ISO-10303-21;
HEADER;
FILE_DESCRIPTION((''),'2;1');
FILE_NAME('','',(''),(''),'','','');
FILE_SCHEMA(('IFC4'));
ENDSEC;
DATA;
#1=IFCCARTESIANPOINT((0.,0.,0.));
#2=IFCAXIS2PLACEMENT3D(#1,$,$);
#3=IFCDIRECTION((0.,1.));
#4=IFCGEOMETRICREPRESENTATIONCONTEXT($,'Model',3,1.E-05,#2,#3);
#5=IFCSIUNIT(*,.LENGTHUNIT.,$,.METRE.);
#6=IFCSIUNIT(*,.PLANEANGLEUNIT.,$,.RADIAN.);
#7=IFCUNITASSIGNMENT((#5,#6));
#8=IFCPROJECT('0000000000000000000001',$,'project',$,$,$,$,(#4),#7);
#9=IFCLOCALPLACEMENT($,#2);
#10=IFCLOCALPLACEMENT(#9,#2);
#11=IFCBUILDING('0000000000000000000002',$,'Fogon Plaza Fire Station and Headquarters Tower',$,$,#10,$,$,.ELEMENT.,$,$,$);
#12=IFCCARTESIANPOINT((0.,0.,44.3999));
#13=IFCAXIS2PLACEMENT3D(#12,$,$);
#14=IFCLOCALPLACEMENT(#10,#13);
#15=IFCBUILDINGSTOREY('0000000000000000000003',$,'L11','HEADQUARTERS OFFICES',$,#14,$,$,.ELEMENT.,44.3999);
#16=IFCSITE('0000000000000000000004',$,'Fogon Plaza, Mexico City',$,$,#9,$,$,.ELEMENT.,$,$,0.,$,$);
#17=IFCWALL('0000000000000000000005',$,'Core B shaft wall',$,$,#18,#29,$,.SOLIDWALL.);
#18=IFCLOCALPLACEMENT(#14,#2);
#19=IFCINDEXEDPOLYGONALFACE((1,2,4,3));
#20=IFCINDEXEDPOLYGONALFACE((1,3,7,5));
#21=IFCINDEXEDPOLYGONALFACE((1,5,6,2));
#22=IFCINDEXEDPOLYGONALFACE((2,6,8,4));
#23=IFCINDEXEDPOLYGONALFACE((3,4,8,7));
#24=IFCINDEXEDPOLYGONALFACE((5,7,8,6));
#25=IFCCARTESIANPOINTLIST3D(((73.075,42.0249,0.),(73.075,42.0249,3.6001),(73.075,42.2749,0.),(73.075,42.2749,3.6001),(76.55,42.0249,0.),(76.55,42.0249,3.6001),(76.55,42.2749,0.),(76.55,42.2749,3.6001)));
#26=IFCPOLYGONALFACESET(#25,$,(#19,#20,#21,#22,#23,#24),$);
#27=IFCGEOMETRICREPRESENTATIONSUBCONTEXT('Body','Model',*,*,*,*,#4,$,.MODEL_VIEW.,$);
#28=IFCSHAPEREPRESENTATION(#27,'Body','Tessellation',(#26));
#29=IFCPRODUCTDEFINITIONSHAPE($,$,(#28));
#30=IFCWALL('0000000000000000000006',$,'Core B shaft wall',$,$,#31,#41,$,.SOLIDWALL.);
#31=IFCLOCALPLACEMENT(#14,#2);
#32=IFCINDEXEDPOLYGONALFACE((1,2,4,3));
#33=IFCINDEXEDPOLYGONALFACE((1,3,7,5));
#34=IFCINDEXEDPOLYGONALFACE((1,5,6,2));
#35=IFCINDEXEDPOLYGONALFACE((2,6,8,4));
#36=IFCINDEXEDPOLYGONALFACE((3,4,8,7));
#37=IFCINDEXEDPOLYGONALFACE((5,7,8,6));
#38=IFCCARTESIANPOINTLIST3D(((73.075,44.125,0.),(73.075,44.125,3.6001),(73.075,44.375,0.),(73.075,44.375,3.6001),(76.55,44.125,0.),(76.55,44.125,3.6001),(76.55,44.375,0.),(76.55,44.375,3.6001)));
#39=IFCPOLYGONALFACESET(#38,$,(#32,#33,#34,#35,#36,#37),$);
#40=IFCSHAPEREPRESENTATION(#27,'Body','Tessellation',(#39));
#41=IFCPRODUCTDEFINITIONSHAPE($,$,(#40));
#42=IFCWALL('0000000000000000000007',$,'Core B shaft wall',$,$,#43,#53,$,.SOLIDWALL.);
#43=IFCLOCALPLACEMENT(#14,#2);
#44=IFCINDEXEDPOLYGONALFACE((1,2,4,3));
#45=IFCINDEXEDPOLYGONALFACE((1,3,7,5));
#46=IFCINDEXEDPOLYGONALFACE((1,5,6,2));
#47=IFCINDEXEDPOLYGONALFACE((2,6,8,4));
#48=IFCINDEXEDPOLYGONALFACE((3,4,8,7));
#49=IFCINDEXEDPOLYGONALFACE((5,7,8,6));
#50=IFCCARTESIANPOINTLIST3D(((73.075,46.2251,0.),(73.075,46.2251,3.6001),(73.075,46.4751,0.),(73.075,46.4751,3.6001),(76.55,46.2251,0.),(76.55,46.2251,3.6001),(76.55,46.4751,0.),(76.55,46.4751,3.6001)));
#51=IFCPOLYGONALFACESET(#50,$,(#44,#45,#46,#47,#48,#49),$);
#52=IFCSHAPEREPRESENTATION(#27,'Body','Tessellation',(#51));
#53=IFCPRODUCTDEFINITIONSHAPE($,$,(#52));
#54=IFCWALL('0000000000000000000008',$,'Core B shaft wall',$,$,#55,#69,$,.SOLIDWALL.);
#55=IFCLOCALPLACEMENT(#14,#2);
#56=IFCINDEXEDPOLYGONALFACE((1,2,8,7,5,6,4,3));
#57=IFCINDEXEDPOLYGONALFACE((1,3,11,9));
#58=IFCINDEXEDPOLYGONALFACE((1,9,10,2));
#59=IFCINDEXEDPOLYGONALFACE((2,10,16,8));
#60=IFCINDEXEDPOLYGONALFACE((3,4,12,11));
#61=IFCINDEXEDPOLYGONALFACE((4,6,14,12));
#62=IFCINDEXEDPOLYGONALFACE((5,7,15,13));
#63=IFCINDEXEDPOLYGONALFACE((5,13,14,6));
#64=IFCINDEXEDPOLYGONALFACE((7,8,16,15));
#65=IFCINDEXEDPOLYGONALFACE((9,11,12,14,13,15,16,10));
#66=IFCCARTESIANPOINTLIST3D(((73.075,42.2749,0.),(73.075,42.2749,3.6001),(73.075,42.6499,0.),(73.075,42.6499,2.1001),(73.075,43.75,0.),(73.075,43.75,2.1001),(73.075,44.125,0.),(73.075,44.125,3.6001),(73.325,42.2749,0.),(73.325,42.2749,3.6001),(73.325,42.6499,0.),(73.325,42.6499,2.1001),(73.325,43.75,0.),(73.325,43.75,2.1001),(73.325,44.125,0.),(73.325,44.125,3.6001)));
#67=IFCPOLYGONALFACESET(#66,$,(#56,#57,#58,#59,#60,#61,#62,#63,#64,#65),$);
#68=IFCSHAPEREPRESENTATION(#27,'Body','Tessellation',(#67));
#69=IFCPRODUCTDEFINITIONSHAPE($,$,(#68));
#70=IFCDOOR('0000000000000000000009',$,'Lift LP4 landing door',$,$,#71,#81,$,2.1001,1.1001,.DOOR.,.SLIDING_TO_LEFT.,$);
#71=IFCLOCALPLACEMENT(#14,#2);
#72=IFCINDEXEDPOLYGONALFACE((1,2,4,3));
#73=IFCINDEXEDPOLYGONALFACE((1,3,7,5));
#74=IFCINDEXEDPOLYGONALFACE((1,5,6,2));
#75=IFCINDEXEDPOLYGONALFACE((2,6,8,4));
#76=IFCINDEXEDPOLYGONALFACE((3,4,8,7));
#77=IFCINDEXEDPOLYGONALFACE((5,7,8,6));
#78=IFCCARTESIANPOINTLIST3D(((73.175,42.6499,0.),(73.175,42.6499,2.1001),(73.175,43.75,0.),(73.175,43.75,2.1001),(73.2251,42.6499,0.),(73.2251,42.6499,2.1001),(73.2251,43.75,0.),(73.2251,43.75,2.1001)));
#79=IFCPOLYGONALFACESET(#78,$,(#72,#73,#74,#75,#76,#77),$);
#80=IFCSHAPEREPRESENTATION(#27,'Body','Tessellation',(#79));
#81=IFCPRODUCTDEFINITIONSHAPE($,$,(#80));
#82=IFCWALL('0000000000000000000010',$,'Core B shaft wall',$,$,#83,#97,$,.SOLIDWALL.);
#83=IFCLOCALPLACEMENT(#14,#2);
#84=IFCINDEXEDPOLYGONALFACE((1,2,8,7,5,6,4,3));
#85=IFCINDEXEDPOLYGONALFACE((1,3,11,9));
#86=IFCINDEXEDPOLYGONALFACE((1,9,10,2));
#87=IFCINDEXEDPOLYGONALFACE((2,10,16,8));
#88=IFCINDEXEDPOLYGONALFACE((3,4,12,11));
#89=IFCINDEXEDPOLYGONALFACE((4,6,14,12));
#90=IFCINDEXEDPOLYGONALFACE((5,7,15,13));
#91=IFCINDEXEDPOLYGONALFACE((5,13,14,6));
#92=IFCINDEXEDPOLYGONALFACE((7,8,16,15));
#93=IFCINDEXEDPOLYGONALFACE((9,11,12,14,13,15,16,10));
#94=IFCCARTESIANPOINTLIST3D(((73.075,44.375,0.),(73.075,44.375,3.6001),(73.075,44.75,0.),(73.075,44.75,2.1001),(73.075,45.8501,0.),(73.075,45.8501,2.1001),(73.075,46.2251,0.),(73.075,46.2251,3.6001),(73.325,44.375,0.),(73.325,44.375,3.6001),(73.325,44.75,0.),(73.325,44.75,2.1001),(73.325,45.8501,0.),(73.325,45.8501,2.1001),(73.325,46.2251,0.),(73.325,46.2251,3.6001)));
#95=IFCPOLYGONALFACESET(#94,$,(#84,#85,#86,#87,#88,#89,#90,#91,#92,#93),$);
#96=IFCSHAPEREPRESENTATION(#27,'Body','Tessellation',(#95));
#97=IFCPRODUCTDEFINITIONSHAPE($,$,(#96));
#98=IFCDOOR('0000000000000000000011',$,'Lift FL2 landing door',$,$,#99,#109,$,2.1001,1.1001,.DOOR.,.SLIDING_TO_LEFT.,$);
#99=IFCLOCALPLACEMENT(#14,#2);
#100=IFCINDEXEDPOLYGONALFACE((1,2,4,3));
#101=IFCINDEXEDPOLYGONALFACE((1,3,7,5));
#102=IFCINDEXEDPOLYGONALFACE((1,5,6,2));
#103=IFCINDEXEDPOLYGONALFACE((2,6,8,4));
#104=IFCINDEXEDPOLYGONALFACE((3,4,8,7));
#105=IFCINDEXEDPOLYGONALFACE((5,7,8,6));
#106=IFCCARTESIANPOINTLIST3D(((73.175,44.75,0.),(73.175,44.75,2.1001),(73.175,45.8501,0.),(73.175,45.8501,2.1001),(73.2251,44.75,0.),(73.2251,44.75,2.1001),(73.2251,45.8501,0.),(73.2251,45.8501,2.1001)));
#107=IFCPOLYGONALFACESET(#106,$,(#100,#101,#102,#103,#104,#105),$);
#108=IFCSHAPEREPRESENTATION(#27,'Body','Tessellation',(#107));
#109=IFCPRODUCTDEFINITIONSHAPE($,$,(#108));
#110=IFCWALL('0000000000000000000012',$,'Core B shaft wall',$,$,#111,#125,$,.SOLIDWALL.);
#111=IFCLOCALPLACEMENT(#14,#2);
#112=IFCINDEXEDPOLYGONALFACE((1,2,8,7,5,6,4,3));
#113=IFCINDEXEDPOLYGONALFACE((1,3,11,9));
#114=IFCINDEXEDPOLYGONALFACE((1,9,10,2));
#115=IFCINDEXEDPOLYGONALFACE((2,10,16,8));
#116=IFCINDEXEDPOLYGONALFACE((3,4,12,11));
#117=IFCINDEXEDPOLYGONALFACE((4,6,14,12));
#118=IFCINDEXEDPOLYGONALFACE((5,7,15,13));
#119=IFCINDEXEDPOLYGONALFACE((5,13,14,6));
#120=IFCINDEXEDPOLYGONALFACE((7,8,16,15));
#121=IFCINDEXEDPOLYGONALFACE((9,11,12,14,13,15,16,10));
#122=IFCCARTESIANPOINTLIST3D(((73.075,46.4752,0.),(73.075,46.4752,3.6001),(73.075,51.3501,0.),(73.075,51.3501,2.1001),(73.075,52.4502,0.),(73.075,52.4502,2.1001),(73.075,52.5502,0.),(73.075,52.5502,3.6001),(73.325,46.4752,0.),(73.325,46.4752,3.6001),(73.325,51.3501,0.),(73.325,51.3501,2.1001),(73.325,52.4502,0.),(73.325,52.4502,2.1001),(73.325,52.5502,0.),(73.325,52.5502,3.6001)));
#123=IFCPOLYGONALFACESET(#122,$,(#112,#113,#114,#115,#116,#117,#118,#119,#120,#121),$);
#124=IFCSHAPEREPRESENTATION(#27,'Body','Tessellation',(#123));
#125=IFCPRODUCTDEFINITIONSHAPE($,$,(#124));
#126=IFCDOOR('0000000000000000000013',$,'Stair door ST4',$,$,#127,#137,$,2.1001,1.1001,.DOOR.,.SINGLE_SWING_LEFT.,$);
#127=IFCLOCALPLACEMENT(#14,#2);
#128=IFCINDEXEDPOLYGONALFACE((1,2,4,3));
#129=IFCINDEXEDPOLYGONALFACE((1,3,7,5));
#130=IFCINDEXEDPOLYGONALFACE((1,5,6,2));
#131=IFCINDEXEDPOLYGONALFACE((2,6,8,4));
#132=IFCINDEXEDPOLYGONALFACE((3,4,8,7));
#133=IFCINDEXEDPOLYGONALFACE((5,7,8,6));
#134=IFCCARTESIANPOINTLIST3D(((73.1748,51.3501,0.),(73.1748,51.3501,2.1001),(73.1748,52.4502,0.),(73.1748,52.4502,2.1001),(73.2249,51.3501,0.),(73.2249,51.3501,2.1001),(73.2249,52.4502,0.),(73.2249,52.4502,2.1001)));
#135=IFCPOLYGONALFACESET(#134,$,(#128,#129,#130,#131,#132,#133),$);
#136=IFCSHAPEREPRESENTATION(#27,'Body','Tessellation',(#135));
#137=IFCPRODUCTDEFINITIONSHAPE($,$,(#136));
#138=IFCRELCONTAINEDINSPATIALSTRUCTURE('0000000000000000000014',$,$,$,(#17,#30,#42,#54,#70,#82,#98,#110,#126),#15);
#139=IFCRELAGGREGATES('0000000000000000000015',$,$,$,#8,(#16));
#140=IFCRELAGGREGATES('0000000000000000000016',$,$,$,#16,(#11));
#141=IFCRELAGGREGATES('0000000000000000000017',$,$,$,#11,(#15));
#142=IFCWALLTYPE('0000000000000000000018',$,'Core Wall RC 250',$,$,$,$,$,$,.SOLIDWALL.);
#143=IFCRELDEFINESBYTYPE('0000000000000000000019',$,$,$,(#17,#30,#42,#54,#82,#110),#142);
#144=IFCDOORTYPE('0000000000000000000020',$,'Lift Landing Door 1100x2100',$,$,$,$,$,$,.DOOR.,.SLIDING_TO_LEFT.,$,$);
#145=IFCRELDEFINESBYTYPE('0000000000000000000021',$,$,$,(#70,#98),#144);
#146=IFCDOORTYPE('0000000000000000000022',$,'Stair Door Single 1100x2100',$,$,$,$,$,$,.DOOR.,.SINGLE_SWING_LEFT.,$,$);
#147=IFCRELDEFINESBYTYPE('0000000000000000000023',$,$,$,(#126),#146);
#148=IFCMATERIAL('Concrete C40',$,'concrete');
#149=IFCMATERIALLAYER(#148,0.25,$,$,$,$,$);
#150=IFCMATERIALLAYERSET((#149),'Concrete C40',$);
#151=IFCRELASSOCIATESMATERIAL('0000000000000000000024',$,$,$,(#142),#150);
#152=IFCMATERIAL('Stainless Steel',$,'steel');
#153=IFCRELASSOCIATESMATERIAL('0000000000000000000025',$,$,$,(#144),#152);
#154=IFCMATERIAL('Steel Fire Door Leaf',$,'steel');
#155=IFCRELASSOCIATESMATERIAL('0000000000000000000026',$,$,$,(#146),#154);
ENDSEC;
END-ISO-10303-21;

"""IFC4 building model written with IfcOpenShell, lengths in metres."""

from ifc_helpers import new_model, si_unit, direction, frame, frame_2d, origin, place, context, subcontext, project, spatial, rectangle, extrude, material, layer, layer_set, type_object, element, fill, save


model = new_model("IFC4")

# Units and contexts
model_context = context("Model", 3, precision=1e-05, world=origin(), true_north=direction((0.0, 1.0)))
body_context = subcontext(model_context, "Body", "Model", "MODEL_VIEW")
ifc_project = project(units=[si_unit("LENGTHUNIT", "METRE"), si_unit("PLANEANGLEUNIT", "RADIAN")], contexts=[model_context])

# Site, building, storey
site_placement = place(None, origin())
site = spatial("IfcSite", under=ifc_project, at=site_placement, Name="Fogon Plaza, Mexico City", CompositionType="ELEMENT", RefElevation=0.0)
building_placement = place(site_placement, origin())
building = spatial("IfcBuilding", under=site, at=building_placement, Name="Fogon Plaza Fire Station and Headquarters Tower", CompositionType="ELEMENT")
storey_placement = place(building_placement, frame((0.0, 0.0, 44.3999)))
storey = spatial("IfcBuildingStorey", under=building, at=storey_placement, Name="L11", Description="HEADQUARTERS OFFICES", CompositionType="ELEMENT", Elevation=44.3999)

# Walls
ifc_material_1 = material(Name="Concrete C40", Category="concrete")
ifc_layer_1 = layer(ifc_material_1, 0.25)
ifc_layer_set_1 = layer_set([ifc_layer_1], Name="Concrete C40")
wall_type_1 = type_object("IfcWallType", Name="Core Wall RC 250", PredefinedType="SOLIDWALL", material=ifc_layer_set_1)
for number, where, z_axis, x_axis, name in (
    (1, (76.55, 42.1499, 0.0), (0.0, 0.0, 1.0), (-1.0, 0.0, 0.0), "Core B shaft wall"),
    (2, (76.55, 44.25, 0.0), (0.0, 0.0, 1.0), (-1.0, 0.0, 0.0), "Core B shaft wall"),
    (3, (76.55, 46.3501, 0.0), (0.0, 0.0, 1.0), (-1.0, 0.0, 0.0), "Core B shaft wall"),
):
    element("IfcWall", number, at=place(storey_placement, frame(where, z_axis=z_axis, x_axis=x_axis)), inside=storey, type_object=wall_type_1, Name=name, PredefinedType="SOLIDWALL", context=body_context, shape_type="SweptSolid", body=[
        extrude(rectangle(XDim=3.4751, YDim=0.25, at=frame_2d((1.7375, 0.0))), origin(), (0.0, 0.0, 1.0), 3.6001),
    ])

# Walls, openings, doors
wall_1_placement = place(storey_placement, frame((73.2, 42.2749, 0.0), z_axis=(0.0, 0.0, 1.0), x_axis=(0.0, 1.0, 0.0)))
wall_1 = element("IfcWall", 4, at=wall_1_placement, inside=storey, type_object=wall_type_1, Name="Core B shaft wall", PredefinedType="SOLIDWALL", context=body_context, shape_type="SweptSolid", body=[
    extrude(rectangle(XDim=1.8501, YDim=0.25, at=frame_2d((0.925, 0.0))), origin(), (0.0, 0.0, 1.0), 3.6001),
])
opening_1_placement = place(wall_1_placement, frame((0.375, 0.0, 0.0)))
opening_1 = element("IfcOpeningElement", 5, at=opening_1_placement, cuts=wall_1, PredefinedType="OPENING", context=body_context, shape_type="SweptSolid", body=[
    extrude(rectangle(XDim=1.1001, YDim=2.1001, at=frame_2d((0.55, 1.05))), frame((0.0, 0.135, 0.0), z_axis=(0.0, -1.0, 0.0), x_axis=(1.0, 0.0, 0.0)), (0.0, 0.0, 1.0), 0.27),
])
ifc_material_2 = material(Name="Stainless Steel", Category="steel")
door_type_1 = type_object("IfcDoorType", Name="Lift Landing Door 1100x2100", OperationType="SLIDING_TO_LEFT", PredefinedType="DOOR", material=ifc_material_2)
door_1_placement = place(opening_1_placement, origin())
door_1 = element("IfcDoor", 6, at=door_1_placement, inside=storey, type_object=door_type_1, Name="Lift LP4 landing door", OperationType="SLIDING_TO_LEFT", OverallHeight=2.1001, OverallWidth=1.1001, PredefinedType="DOOR", context=body_context, shape_type="SweptSolid", body=[
    extrude(rectangle(XDim=1.1001, YDim=2.1001, at=frame_2d((0.55, 1.05))), frame((0.0, 0.0249, 0.0), z_axis=(0.0, -1.0, 0.0), x_axis=(1.0, 0.0, 0.0)), (0.0, 0.0, 1.0), 0.05),
])
fill(opening_1, door_1)
wall_2_placement = place(storey_placement, frame((73.2, 44.375, 0.0), z_axis=(0.0, 0.0, 1.0), x_axis=(0.0, 1.0, 0.0)))
wall_2 = element("IfcWall", 7, at=wall_2_placement, inside=storey, type_object=wall_type_1, Name="Core B shaft wall", PredefinedType="SOLIDWALL", context=body_context, shape_type="SweptSolid", body=[
    extrude(rectangle(XDim=1.8501, YDim=0.25, at=frame_2d((0.925, 0.0))), origin(), (0.0, 0.0, 1.0), 3.6001),
])
opening_2_placement = place(wall_2_placement, frame((0.375, 0.0, 0.0)))
opening_2 = element("IfcOpeningElement", 8, at=opening_2_placement, cuts=wall_2, PredefinedType="OPENING", context=body_context, shape_type="SweptSolid", body=[
    extrude(rectangle(XDim=1.1001, YDim=2.1001, at=frame_2d((0.55, 1.05))), frame((0.0, 0.135, 0.0), z_axis=(0.0, -1.0, 0.0), x_axis=(1.0, 0.0, 0.0)), (0.0, 0.0, 1.0), 0.27),
])
door_2_placement = place(opening_2_placement, origin())
door_2 = element("IfcDoor", 9, at=door_2_placement, inside=storey, type_object=door_type_1, Name="Lift FL2 landing door", OperationType="SLIDING_TO_LEFT", OverallHeight=2.1001, OverallWidth=1.1001, PredefinedType="DOOR", context=body_context, shape_type="SweptSolid", body=[
    extrude(rectangle(XDim=1.1001, YDim=2.1001, at=frame_2d((0.55, 1.05))), frame((0.0, 0.0249, 0.0), z_axis=(0.0, -1.0, 0.0), x_axis=(1.0, 0.0, 0.0)), (0.0, 0.0, 1.0), 0.05),
])
fill(opening_2, door_2)
wall_3_placement = place(storey_placement, frame((73.2, 46.4751, 0.0), z_axis=(0.0, 0.0, 1.0), x_axis=(0.0, 1.0, 0.0)))
wall_3 = element("IfcWall", 10, at=wall_3_placement, inside=storey, type_object=wall_type_1, Name="Core B shaft wall", PredefinedType="SOLIDWALL", context=body_context, shape_type="SweptSolid", body=[
    extrude(rectangle(XDim=6.075, YDim=0.25, at=frame_2d((3.0376, 0.0))), origin(), (0.0, 0.0, 1.0), 3.6001),
])
opening_3_placement = place(wall_3_placement, frame((4.875, 0.0, 0.0)))
opening_3 = element("IfcOpeningElement", 11, at=opening_3_placement, cuts=wall_3, PredefinedType="OPENING", context=body_context, shape_type="SweptSolid", body=[
    extrude(rectangle(XDim=1.1001, YDim=2.1001, at=frame_2d((0.55, 1.05))), frame((0.0, 0.135, 0.0), z_axis=(0.0, -1.0, 0.0), x_axis=(1.0, 0.0, 0.0)), (0.0, 0.0, 1.0), 0.27),
])
ifc_material_3 = material(Name="Steel Fire Door Leaf", Category="steel")
door_type_2 = type_object("IfcDoorType", Name="Stair Door Single 1100x2100", OperationType="SINGLE_SWING_LEFT", PredefinedType="DOOR", material=ifc_material_3)
door_3_placement = place(opening_3_placement, frame((1.1001, 0.0, 0.0), z_axis=(0.0, 0.0, 1.0), x_axis=(-1.0, 0.0, 0.0)))
door_3 = element("IfcDoor", 12, at=door_3_placement, inside=storey, type_object=door_type_2, Name="Stair door ST4", OperationType="SINGLE_SWING_LEFT", OverallHeight=2.1001, OverallWidth=1.1001, PredefinedType="DOOR", context=body_context, shape_type="SweptSolid", body=[
    extrude(rectangle(XDim=1.1001, YDim=2.1001, at=frame_2d((0.55, 1.05))), frame((0.0, 0.0249, 0.0), z_axis=(0.0, -1.0, 0.0), x_axis=(1.0, 0.0, 0.0)), (0.0, 0.0, 1.0), 0.05),
])
fill(opening_3, door_3)

save(model, "model.ifc")
